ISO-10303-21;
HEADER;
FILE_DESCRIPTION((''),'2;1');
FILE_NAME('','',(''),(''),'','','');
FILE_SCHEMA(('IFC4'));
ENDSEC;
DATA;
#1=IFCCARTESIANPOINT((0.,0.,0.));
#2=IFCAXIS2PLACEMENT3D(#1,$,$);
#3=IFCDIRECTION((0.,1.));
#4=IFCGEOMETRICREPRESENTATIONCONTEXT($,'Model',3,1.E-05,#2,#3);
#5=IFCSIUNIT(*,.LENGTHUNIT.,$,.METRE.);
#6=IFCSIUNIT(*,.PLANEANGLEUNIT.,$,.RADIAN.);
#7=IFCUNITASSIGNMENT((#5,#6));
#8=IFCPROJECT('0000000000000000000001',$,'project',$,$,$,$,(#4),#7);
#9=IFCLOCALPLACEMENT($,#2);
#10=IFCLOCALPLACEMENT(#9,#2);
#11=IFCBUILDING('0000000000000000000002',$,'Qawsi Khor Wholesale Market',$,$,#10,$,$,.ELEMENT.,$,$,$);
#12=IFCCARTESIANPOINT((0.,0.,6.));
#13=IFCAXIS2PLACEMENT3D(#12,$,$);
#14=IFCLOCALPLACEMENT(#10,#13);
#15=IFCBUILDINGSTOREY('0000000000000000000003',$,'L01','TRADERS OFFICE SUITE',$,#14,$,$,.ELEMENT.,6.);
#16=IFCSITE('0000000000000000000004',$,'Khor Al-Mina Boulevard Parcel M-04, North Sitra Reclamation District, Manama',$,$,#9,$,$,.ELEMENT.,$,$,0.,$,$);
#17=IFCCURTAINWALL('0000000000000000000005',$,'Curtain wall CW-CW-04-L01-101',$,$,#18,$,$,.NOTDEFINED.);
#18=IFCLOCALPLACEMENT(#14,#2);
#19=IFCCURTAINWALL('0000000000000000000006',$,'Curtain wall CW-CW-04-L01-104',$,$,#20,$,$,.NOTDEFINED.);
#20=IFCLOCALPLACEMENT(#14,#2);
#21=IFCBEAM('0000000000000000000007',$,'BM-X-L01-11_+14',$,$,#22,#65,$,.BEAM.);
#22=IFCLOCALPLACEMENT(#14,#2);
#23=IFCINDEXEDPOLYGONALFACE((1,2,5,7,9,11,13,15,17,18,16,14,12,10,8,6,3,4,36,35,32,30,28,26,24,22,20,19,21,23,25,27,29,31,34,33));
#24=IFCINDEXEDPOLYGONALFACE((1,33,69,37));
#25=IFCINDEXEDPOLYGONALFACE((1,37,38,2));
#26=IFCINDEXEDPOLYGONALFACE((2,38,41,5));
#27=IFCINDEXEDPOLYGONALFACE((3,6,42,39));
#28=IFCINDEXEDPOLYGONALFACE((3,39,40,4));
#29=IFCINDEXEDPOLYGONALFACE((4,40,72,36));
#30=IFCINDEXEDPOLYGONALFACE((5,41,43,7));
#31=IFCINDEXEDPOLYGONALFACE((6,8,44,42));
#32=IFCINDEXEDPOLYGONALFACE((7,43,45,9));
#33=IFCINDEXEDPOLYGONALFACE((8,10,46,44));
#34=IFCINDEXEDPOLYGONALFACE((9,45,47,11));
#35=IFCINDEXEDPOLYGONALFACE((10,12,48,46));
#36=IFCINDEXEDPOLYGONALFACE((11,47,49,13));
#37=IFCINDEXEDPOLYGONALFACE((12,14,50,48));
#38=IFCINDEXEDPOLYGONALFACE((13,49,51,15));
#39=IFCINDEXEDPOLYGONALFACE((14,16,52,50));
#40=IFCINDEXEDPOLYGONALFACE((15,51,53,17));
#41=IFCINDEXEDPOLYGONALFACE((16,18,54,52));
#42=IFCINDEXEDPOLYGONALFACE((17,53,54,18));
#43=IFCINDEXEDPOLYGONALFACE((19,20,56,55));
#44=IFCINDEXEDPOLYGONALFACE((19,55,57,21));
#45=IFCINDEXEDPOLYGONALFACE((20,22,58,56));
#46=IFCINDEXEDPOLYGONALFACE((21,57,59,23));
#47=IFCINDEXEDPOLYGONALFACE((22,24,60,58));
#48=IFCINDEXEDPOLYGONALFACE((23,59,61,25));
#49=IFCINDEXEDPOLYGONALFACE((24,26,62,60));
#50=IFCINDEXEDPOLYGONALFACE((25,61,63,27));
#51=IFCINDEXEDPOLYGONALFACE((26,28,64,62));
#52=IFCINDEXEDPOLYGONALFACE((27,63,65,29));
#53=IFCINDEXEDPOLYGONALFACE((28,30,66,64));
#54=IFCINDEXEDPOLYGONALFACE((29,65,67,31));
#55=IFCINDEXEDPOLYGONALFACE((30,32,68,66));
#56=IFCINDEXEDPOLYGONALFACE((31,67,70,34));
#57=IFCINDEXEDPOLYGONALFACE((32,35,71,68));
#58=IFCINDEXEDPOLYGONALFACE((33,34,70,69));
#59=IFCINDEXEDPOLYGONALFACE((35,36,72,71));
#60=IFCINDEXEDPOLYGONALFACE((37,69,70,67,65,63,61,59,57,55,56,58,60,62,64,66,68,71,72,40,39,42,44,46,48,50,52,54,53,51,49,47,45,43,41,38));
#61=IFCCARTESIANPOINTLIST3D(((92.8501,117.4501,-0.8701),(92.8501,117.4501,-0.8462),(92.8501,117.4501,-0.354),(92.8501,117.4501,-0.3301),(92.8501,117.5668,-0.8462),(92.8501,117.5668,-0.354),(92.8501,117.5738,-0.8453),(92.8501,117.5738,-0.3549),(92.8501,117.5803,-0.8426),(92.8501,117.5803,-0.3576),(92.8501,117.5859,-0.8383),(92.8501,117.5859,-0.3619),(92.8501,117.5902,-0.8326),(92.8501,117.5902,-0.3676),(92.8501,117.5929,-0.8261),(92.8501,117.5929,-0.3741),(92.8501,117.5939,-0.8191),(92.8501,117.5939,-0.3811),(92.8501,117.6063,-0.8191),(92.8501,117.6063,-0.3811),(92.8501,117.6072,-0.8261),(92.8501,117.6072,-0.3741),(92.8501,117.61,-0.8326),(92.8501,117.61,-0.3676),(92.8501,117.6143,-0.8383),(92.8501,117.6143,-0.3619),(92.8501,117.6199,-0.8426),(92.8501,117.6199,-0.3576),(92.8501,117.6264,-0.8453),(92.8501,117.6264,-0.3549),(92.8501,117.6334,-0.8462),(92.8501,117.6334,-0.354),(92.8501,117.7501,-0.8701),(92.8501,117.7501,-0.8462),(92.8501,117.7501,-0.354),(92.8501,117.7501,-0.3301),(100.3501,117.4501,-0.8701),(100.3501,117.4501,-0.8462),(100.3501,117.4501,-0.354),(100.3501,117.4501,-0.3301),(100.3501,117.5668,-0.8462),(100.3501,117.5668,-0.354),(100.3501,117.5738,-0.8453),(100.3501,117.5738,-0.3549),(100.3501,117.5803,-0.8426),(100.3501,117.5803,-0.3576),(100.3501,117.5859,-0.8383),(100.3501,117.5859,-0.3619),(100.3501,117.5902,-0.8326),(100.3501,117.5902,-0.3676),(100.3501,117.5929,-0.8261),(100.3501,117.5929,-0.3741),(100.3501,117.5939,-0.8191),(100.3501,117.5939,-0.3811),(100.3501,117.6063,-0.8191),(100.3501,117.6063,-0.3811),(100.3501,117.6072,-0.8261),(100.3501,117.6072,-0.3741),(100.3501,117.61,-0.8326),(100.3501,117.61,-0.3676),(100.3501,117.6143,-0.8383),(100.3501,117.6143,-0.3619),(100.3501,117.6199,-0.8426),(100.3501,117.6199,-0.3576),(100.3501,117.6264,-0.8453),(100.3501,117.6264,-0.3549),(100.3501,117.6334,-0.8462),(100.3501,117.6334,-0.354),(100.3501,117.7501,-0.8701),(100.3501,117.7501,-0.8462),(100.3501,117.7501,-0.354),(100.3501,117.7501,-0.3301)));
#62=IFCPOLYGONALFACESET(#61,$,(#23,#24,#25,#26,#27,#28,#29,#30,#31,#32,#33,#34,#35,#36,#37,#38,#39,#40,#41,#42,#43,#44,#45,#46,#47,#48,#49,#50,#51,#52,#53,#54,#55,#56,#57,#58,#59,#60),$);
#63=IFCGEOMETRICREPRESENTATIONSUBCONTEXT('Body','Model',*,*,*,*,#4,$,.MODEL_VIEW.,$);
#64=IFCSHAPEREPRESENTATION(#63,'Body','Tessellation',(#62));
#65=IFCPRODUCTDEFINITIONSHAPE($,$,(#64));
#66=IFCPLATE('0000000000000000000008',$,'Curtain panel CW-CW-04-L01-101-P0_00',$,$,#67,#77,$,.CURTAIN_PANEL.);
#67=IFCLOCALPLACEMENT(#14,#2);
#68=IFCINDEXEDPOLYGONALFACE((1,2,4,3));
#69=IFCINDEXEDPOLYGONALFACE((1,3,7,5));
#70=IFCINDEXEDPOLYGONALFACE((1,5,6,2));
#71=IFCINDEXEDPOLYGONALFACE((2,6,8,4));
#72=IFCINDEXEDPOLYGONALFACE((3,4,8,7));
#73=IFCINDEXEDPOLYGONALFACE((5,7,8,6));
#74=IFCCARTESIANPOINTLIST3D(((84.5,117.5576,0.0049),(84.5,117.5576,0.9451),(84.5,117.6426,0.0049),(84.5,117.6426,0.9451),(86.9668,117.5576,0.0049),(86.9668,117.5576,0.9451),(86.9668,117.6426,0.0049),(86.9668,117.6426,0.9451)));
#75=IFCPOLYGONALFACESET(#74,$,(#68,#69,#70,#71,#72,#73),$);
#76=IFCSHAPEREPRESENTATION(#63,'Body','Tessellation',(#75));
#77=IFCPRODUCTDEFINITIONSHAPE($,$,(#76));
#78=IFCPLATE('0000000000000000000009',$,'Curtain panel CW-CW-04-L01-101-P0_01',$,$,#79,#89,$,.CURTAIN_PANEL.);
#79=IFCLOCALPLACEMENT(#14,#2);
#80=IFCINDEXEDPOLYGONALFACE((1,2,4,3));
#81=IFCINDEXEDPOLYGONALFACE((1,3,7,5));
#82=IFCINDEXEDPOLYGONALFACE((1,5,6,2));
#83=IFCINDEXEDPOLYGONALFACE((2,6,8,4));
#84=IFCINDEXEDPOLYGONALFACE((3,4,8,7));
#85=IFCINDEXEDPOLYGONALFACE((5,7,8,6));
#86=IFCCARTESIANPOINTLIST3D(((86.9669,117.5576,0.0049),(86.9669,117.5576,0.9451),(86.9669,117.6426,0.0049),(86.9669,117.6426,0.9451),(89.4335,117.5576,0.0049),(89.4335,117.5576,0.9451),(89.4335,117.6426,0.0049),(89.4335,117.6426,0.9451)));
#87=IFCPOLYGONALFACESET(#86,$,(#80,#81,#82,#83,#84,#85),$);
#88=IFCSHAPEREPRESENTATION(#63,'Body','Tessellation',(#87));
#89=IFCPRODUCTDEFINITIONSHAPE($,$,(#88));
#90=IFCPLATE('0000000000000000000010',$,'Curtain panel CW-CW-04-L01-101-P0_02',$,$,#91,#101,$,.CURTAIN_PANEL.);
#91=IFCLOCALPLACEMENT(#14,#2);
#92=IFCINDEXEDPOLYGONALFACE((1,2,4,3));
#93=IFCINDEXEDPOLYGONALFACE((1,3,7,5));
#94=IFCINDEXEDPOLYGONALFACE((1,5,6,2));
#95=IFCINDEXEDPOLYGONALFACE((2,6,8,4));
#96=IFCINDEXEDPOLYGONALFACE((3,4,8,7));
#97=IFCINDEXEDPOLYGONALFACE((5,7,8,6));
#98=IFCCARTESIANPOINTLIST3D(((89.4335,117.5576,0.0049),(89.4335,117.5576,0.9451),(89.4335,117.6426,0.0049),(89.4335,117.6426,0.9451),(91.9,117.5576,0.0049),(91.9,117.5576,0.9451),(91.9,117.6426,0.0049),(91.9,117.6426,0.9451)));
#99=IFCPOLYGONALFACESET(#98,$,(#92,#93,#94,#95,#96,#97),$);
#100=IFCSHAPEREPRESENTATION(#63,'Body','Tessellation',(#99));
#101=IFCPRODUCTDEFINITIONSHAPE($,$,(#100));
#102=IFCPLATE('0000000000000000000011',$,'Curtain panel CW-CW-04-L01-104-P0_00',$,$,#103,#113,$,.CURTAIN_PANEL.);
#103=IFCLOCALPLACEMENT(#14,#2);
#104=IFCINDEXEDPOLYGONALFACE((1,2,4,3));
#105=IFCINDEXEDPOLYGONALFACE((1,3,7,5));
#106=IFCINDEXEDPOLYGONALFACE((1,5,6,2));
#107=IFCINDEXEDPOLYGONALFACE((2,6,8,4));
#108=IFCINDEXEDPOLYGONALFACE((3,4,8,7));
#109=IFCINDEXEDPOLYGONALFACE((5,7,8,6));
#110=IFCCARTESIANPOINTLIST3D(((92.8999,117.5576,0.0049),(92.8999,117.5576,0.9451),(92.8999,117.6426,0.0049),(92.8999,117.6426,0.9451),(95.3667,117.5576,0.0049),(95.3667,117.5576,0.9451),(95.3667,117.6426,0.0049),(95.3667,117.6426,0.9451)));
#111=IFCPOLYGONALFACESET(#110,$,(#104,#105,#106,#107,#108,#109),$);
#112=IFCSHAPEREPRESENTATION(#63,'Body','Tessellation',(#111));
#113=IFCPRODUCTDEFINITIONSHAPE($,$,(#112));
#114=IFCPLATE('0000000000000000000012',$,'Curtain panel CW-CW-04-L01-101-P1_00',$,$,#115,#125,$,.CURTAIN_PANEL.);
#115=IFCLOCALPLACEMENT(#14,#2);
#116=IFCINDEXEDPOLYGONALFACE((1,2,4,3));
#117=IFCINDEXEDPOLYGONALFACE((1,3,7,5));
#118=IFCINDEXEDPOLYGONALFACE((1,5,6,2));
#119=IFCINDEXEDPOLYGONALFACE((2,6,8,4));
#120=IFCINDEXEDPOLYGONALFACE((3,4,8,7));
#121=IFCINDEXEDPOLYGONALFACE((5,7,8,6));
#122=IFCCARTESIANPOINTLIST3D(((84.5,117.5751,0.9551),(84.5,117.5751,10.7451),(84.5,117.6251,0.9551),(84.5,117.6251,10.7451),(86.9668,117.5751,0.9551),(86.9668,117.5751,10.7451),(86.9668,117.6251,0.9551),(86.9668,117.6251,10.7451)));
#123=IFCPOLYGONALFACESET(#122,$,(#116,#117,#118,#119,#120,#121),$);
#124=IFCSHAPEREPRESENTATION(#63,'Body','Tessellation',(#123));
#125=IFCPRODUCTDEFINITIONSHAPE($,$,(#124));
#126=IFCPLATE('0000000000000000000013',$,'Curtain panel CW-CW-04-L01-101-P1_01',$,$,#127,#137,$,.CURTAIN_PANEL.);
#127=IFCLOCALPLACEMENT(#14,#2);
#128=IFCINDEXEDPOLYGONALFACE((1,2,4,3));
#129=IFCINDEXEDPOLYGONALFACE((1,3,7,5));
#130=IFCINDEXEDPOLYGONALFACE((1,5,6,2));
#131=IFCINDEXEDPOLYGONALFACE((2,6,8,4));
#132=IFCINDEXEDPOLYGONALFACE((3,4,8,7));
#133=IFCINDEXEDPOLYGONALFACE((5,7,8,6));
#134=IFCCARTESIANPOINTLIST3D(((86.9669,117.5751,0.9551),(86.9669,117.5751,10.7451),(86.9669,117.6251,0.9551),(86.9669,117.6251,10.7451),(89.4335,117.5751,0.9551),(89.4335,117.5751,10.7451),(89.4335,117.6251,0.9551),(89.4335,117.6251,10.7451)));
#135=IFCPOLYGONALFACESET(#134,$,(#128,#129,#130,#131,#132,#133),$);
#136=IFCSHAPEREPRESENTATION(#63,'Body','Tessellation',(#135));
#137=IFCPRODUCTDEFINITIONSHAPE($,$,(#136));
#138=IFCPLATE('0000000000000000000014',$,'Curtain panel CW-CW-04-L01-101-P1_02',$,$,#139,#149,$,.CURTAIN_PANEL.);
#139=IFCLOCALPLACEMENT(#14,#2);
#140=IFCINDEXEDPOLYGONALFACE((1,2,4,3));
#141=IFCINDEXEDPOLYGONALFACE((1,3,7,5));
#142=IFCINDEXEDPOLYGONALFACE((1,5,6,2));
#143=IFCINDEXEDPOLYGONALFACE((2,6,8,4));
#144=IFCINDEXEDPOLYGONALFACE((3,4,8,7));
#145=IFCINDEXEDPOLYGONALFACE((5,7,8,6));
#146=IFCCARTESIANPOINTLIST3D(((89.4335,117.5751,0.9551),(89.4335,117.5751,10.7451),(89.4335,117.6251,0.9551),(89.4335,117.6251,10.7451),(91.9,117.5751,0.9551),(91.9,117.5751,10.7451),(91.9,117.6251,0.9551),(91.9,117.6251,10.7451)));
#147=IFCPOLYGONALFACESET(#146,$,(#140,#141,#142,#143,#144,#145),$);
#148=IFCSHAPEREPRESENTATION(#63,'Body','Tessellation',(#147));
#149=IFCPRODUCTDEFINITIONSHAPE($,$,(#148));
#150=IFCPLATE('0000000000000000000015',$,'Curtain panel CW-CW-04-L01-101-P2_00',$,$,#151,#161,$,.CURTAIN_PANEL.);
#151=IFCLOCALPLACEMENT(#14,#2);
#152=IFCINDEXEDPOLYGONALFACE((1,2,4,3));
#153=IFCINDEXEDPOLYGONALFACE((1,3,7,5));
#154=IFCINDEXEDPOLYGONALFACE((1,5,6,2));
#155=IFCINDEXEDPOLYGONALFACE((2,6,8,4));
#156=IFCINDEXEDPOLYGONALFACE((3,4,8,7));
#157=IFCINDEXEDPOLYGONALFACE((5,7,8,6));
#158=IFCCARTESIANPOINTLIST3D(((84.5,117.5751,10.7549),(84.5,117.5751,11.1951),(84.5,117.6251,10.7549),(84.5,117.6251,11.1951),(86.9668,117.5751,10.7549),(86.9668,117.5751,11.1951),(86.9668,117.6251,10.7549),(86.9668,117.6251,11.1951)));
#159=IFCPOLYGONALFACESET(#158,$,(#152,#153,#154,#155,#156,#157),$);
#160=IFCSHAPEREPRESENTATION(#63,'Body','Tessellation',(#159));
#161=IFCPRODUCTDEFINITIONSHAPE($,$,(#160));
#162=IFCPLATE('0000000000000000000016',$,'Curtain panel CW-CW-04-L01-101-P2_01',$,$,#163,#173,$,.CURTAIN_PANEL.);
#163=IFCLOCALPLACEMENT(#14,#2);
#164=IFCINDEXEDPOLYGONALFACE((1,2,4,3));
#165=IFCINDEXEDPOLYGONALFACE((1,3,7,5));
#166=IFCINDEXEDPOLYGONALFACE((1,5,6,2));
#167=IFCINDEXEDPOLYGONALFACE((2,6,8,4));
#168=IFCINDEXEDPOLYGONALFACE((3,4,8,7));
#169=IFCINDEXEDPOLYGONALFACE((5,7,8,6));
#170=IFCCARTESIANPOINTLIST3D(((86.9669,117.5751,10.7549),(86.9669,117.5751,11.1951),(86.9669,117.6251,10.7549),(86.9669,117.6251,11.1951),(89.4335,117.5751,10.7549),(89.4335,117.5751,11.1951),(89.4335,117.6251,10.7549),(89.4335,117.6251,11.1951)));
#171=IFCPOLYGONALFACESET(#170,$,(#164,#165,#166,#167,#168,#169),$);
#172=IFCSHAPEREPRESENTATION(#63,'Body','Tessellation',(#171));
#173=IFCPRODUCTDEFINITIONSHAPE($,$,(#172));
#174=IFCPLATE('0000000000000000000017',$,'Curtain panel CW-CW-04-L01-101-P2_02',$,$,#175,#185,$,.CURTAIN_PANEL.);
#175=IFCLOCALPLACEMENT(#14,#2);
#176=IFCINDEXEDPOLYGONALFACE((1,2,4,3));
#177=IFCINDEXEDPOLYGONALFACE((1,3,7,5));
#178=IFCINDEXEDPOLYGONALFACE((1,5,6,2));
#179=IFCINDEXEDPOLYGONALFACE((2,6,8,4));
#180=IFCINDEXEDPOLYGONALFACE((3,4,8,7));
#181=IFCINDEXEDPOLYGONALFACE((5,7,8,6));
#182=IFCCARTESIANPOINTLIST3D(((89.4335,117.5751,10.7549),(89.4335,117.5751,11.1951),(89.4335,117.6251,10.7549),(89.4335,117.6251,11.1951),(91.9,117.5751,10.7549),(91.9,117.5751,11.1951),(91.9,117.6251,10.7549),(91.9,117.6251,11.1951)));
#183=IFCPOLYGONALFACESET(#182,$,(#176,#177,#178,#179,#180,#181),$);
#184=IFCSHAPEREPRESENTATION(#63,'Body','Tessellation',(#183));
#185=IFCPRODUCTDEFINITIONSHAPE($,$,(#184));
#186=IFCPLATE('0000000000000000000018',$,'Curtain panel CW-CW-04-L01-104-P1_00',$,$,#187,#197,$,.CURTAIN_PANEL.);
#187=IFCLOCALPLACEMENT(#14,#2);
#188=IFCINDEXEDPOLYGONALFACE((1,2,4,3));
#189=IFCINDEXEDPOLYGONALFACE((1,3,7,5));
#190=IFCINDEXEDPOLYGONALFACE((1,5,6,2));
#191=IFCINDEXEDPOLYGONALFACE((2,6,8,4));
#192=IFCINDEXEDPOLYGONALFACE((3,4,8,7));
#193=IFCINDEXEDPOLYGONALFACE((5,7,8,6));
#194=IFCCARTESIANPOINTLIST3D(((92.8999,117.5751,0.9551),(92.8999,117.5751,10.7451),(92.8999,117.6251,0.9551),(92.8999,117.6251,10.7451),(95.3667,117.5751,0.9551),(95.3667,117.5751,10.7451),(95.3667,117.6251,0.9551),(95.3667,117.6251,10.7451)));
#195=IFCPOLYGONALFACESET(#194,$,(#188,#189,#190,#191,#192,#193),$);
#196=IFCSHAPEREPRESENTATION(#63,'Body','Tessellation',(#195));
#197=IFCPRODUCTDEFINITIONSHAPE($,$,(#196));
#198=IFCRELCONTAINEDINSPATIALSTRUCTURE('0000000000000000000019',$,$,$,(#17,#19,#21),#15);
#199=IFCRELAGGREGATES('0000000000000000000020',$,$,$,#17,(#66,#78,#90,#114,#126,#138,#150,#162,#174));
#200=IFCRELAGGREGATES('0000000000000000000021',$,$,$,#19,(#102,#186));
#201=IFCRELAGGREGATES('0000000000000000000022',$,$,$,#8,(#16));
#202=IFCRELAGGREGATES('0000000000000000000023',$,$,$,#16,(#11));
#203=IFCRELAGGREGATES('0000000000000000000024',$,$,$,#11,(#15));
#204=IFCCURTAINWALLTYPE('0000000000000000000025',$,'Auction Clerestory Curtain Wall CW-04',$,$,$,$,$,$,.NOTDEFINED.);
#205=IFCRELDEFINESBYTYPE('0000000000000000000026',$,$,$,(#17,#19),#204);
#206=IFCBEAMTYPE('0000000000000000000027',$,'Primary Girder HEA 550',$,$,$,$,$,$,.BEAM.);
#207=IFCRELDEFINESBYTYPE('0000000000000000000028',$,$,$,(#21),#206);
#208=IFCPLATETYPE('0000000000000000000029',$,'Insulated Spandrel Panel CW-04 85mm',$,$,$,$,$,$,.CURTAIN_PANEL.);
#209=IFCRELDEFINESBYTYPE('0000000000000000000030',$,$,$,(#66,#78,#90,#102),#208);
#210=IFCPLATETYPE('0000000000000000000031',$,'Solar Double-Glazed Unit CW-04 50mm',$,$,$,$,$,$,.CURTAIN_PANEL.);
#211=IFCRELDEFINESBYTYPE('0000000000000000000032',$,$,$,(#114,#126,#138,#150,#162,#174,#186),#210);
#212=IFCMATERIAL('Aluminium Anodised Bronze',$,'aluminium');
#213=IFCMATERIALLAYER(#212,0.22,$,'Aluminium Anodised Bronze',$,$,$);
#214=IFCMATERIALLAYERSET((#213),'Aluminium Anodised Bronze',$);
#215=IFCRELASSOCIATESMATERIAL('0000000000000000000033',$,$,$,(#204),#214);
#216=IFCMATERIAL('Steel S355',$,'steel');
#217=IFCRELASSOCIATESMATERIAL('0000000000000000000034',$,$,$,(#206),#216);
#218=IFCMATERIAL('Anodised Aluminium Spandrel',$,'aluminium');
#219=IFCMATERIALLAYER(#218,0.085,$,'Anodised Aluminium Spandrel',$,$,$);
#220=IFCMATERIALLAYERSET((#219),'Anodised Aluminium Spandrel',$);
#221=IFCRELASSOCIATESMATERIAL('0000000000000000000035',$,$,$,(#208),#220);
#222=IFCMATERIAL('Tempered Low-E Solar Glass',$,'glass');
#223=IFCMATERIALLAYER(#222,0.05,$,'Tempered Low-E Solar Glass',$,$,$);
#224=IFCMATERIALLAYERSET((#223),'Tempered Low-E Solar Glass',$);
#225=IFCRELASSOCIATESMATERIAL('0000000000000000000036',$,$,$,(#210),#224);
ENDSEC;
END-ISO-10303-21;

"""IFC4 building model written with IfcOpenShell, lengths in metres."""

from ifc_helpers import new_model, si_unit, direction, frame, frame_2d, origin, origin_2d, place, context, subcontext, project, spatial, rectangle, i_section, extrude, material, layer, layer_set, material_profile, profile_set, type_object, element, aggregate, save


model = new_model("IFC4")

# Units and contexts
model_context = context("Model", 3, precision=1e-05, world=origin(), true_north=direction((0.0, 1.0)))
body_context = subcontext(model_context, "Body", "Model", "MODEL_VIEW")
ifc_project = project(units=[si_unit("LENGTHUNIT", "METRE"), si_unit("PLANEANGLEUNIT", "RADIAN")], contexts=[model_context])

# Site, building, storey
site_placement = place(None, origin())
site = spatial("IfcSite", under=ifc_project, at=site_placement, Name="Khor Al-Mina Boulevard Parcel M-04, North Sitra Reclamation District, Manama", CompositionType="ELEMENT", RefElevation=0.0)
building_placement = place(site_placement, origin())
building = spatial("IfcBuilding", under=site, at=building_placement, Name="Qawsi Khor Wholesale Market", CompositionType="ELEMENT")
storey_placement = place(building_placement, frame((0.0, 0.0, 6.0)))
storey = spatial("IfcBuildingStorey", under=building, at=storey_placement, Name="L01", Description="TRADERS OFFICE SUITE", CompositionType="ELEMENT", Elevation=6.0)

# Curtain walls
ifc_material_1 = material(Name="Aluminium Anodised Bronze", Category="aluminium")
ifc_layer_1 = layer(ifc_material_1, 0.22, Name="Aluminium Anodised Bronze")
ifc_layer_set_1 = layer_set([ifc_layer_1], Name="Aluminium Anodised Bronze")
curtain_wall_type = type_object("IfcCurtainWallType", Name="Auction Clerestory Curtain Wall CW-04", PredefinedType="NOTDEFINED", material=ifc_layer_set_1)
curtain_wall_1_placement = place(storey_placement, origin())
curtain_wall_1 = element("IfcCurtainWall", 1, at=curtain_wall_1_placement, inside=storey, type_object=curtain_wall_type, Name="Curtain wall CW-CW-04-L01-101", PredefinedType="NOTDEFINED")
curtain_wall_2_placement = place(storey_placement, origin())
curtain_wall_2 = element("IfcCurtainWall", 2, at=curtain_wall_2_placement, inside=storey, type_object=curtain_wall_type, Name="Curtain wall CW-CW-04-L01-104", PredefinedType="NOTDEFINED")

# Beam
ifc_material_2 = material(Name="Steel S355", Category="steel")
ifc_material_profile_1 = material_profile(ifc_material_2, i_section(OverallWidth=0.3, OverallDepth=0.54, WebThickness=0.0125, FlangeThickness=0.0239, FilletRadius=0.0271, at=origin_2d()), Name="HEA 550")
ifc_profile_set_1 = profile_set([ifc_material_profile_1], Name="Steel S355")
beam_type = type_object("IfcBeamType", Name="Primary Girder HEA 550", PredefinedType="BEAM", material=ifc_profile_set_1)
for number, where, z_axis, x_axis, name in (
    (3, (92.8501, 117.6001, -0.6001), (1.0, 0.0, 0.0), (0.0, 1.0, 0.0), "BM-X-L01-11_+14"),
):
    element("IfcBeam", number, at=place(storey_placement, frame(where, z_axis=z_axis, x_axis=x_axis)), inside=storey, type_object=beam_type, Name=name, PredefinedType="BEAM", context=body_context, shape_type="SweptSolid", body=[
        extrude(i_section(OverallWidth=0.3, OverallDepth=0.54, WebThickness=0.0125, FlangeThickness=0.0239, FilletRadius=0.0271, at=origin_2d()), origin(), (0.0, 0.0, 1.0), 7.5),
    ])

# Plates
ifc_material_3 = material(Name="Anodised Aluminium Spandrel", Category="aluminium")
ifc_layer_2 = layer(ifc_material_3, 0.085, Name="Anodised Aluminium Spandrel")
ifc_layer_set_2 = layer_set([ifc_layer_2], Name="Anodised Aluminium Spandrel")
plate_type_1 = type_object("IfcPlateType", Name="Insulated Spandrel Panel CW-04 85mm", PredefinedType="CURTAIN_PANEL", material=ifc_layer_set_2)
plate_1_placement = place(storey_placement, frame((84.5, 117.6001, 0.0049), z_axis=(0.0, 0.0, 1.0), x_axis=(1.0, 0.0, 0.0)))
plate_1 = element("IfcPlate", 4, at=plate_1_placement, type_object=plate_type_1, Name="Curtain panel CW-CW-04-L01-101-P0_00", PredefinedType="CURTAIN_PANEL", context=body_context, shape_type="SweptSolid", body=[
    extrude(rectangle(XDim=2.4668, YDim=0.085, at=frame_2d((1.2334, 0.0))), origin(), (0.0, 0.0, 1.0), 0.9402),
])
plate_2_placement = place(storey_placement, frame((86.9668, 117.6001, 0.0049), z_axis=(0.0, 0.0, 1.0), x_axis=(1.0, 0.0, 0.0)))
plate_2 = element("IfcPlate", 5, at=plate_2_placement, type_object=plate_type_1, Name="Curtain panel CW-CW-04-L01-101-P0_01", PredefinedType="CURTAIN_PANEL", context=body_context, shape_type="SweptSolid", body=[
    extrude(rectangle(XDim=2.4666, YDim=0.085, at=frame_2d((1.2334, 0.0))), origin(), (0.0, 0.0, 1.0), 0.9402),
])
plate_3_placement = place(storey_placement, frame((89.4333, 117.6001, 0.0049), z_axis=(0.0, 0.0, 1.0), x_axis=(1.0, 0.0, 0.0)))
plate_3 = element("IfcPlate", 6, at=plate_3_placement, type_object=plate_type_1, Name="Curtain panel CW-CW-04-L01-101-P0_02", PredefinedType="CURTAIN_PANEL", context=body_context, shape_type="SweptSolid", body=[
    extrude(rectangle(XDim=2.4666, YDim=0.085, at=frame_2d((1.2334, 0.0))), origin(), (0.0, 0.0, 1.0), 0.9402),
])
plate_4_placement = place(storey_placement, frame((92.8999, 117.6001, 0.0049), z_axis=(0.0, 0.0, 1.0), x_axis=(1.0, 0.0, 0.0)))
plate_4 = element("IfcPlate", 7, at=plate_4_placement, type_object=plate_type_1, Name="Curtain panel CW-CW-04-L01-104-P0_00", PredefinedType="CURTAIN_PANEL", context=body_context, shape_type="SweptSolid", body=[
    extrude(rectangle(XDim=2.4668, YDim=0.085, at=frame_2d((1.2334, 0.0))), origin(), (0.0, 0.0, 1.0), 0.9402),
])
ifc_material_4 = material(Name="Tempered Low-E Solar Glass", Category="glass")
ifc_layer_3 = layer(ifc_material_4, 0.05, Name="Tempered Low-E Solar Glass")
ifc_layer_set_3 = layer_set([ifc_layer_3], Name="Tempered Low-E Solar Glass")
plate_type_2 = type_object("IfcPlateType", Name="Solar Double-Glazed Unit CW-04 50mm", PredefinedType="CURTAIN_PANEL", material=ifc_layer_set_3)
plate_5_placement = place(storey_placement, frame((84.5, 117.6001, 0.9551), z_axis=(0.0, 0.0, 1.0), x_axis=(1.0, 0.0, 0.0)))
plate_5 = element("IfcPlate", 8, at=plate_5_placement, type_object=plate_type_2, Name="Curtain panel CW-CW-04-L01-101-P1_00", PredefinedType="CURTAIN_PANEL", context=body_context, shape_type="SweptSolid", body=[
    extrude(rectangle(XDim=2.4668, YDim=0.05, at=frame_2d((1.2334, 0.0))), origin(), (0.0, 0.0, 1.0), 9.79),
])
plate_6_placement = place(storey_placement, frame((86.9668, 117.6001, 0.9551), z_axis=(0.0, 0.0, 1.0), x_axis=(1.0, 0.0, 0.0)))
plate_6 = element("IfcPlate", 9, at=plate_6_placement, type_object=plate_type_2, Name="Curtain panel CW-CW-04-L01-101-P1_01", PredefinedType="CURTAIN_PANEL", context=body_context, shape_type="SweptSolid", body=[
    extrude(rectangle(XDim=2.4666, YDim=0.05, at=frame_2d((1.2334, 0.0))), origin(), (0.0, 0.0, 1.0), 9.79),
])
plate_7_placement = place(storey_placement, frame((89.4333, 117.6001, 0.9551), z_axis=(0.0, 0.0, 1.0), x_axis=(1.0, 0.0, 0.0)))
plate_7 = element("IfcPlate", 10, at=plate_7_placement, type_object=plate_type_2, Name="Curtain panel CW-CW-04-L01-101-P1_02", PredefinedType="CURTAIN_PANEL", context=body_context, shape_type="SweptSolid", body=[
    extrude(rectangle(XDim=2.4666, YDim=0.05, at=frame_2d((1.2334, 0.0))), origin(), (0.0, 0.0, 1.0), 9.79),
])
plate_8_placement = place(storey_placement, frame((84.5, 117.6001, 10.7549), z_axis=(0.0, 0.0, 1.0), x_axis=(1.0, 0.0, 0.0)))
plate_8 = element("IfcPlate", 11, at=plate_8_placement, type_object=plate_type_2, Name="Curtain panel CW-CW-04-L01-101-P2_00", PredefinedType="CURTAIN_PANEL", context=body_context, shape_type="SweptSolid", body=[
    extrude(rectangle(XDim=2.4668, YDim=0.05, at=frame_2d((1.2334, 0.0))), origin(), (0.0, 0.0, 1.0), 0.4402),
])
plate_9_placement = place(storey_placement, frame((86.9668, 117.6001, 10.7549), z_axis=(0.0, 0.0, 1.0), x_axis=(1.0, 0.0, 0.0)))
plate_9 = element("IfcPlate", 12, at=plate_9_placement, type_object=plate_type_2, Name="Curtain panel CW-CW-04-L01-101-P2_01", PredefinedType="CURTAIN_PANEL", context=body_context, shape_type="SweptSolid", body=[
    extrude(rectangle(XDim=2.4666, YDim=0.05, at=frame_2d((1.2334, 0.0))), origin(), (0.0, 0.0, 1.0), 0.4402),
])
plate_10_placement = place(storey_placement, frame((89.4333, 117.6001, 10.7549), z_axis=(0.0, 0.0, 1.0), x_axis=(1.0, 0.0, 0.0)))
plate_10 = element("IfcPlate", 13, at=plate_10_placement, type_object=plate_type_2, Name="Curtain panel CW-CW-04-L01-101-P2_02", PredefinedType="CURTAIN_PANEL", context=body_context, shape_type="SweptSolid", body=[
    extrude(rectangle(XDim=2.4666, YDim=0.05, at=frame_2d((1.2334, 0.0))), origin(), (0.0, 0.0, 1.0), 0.4402),
])
aggregate(curtain_wall_1, [plate_1, plate_2, plate_3, plate_5, plate_6, plate_7, plate_8, plate_9, plate_10])
plate_11_placement = place(storey_placement, frame((92.8999, 117.6001, 0.9551), z_axis=(0.0, 0.0, 1.0), x_axis=(1.0, 0.0, 0.0)))
plate_11 = element("IfcPlate", 14, at=plate_11_placement, type_object=plate_type_2, Name="Curtain panel CW-CW-04-L01-104-P1_00", PredefinedType="CURTAIN_PANEL", context=body_context, shape_type="SweptSolid", body=[
    extrude(rectangle(XDim=2.4668, YDim=0.05, at=frame_2d((1.2334, 0.0))), origin(), (0.0, 0.0, 1.0), 9.79),
])
aggregate(curtain_wall_2, [plate_4, plate_11])

save(model, "model.ifc")
